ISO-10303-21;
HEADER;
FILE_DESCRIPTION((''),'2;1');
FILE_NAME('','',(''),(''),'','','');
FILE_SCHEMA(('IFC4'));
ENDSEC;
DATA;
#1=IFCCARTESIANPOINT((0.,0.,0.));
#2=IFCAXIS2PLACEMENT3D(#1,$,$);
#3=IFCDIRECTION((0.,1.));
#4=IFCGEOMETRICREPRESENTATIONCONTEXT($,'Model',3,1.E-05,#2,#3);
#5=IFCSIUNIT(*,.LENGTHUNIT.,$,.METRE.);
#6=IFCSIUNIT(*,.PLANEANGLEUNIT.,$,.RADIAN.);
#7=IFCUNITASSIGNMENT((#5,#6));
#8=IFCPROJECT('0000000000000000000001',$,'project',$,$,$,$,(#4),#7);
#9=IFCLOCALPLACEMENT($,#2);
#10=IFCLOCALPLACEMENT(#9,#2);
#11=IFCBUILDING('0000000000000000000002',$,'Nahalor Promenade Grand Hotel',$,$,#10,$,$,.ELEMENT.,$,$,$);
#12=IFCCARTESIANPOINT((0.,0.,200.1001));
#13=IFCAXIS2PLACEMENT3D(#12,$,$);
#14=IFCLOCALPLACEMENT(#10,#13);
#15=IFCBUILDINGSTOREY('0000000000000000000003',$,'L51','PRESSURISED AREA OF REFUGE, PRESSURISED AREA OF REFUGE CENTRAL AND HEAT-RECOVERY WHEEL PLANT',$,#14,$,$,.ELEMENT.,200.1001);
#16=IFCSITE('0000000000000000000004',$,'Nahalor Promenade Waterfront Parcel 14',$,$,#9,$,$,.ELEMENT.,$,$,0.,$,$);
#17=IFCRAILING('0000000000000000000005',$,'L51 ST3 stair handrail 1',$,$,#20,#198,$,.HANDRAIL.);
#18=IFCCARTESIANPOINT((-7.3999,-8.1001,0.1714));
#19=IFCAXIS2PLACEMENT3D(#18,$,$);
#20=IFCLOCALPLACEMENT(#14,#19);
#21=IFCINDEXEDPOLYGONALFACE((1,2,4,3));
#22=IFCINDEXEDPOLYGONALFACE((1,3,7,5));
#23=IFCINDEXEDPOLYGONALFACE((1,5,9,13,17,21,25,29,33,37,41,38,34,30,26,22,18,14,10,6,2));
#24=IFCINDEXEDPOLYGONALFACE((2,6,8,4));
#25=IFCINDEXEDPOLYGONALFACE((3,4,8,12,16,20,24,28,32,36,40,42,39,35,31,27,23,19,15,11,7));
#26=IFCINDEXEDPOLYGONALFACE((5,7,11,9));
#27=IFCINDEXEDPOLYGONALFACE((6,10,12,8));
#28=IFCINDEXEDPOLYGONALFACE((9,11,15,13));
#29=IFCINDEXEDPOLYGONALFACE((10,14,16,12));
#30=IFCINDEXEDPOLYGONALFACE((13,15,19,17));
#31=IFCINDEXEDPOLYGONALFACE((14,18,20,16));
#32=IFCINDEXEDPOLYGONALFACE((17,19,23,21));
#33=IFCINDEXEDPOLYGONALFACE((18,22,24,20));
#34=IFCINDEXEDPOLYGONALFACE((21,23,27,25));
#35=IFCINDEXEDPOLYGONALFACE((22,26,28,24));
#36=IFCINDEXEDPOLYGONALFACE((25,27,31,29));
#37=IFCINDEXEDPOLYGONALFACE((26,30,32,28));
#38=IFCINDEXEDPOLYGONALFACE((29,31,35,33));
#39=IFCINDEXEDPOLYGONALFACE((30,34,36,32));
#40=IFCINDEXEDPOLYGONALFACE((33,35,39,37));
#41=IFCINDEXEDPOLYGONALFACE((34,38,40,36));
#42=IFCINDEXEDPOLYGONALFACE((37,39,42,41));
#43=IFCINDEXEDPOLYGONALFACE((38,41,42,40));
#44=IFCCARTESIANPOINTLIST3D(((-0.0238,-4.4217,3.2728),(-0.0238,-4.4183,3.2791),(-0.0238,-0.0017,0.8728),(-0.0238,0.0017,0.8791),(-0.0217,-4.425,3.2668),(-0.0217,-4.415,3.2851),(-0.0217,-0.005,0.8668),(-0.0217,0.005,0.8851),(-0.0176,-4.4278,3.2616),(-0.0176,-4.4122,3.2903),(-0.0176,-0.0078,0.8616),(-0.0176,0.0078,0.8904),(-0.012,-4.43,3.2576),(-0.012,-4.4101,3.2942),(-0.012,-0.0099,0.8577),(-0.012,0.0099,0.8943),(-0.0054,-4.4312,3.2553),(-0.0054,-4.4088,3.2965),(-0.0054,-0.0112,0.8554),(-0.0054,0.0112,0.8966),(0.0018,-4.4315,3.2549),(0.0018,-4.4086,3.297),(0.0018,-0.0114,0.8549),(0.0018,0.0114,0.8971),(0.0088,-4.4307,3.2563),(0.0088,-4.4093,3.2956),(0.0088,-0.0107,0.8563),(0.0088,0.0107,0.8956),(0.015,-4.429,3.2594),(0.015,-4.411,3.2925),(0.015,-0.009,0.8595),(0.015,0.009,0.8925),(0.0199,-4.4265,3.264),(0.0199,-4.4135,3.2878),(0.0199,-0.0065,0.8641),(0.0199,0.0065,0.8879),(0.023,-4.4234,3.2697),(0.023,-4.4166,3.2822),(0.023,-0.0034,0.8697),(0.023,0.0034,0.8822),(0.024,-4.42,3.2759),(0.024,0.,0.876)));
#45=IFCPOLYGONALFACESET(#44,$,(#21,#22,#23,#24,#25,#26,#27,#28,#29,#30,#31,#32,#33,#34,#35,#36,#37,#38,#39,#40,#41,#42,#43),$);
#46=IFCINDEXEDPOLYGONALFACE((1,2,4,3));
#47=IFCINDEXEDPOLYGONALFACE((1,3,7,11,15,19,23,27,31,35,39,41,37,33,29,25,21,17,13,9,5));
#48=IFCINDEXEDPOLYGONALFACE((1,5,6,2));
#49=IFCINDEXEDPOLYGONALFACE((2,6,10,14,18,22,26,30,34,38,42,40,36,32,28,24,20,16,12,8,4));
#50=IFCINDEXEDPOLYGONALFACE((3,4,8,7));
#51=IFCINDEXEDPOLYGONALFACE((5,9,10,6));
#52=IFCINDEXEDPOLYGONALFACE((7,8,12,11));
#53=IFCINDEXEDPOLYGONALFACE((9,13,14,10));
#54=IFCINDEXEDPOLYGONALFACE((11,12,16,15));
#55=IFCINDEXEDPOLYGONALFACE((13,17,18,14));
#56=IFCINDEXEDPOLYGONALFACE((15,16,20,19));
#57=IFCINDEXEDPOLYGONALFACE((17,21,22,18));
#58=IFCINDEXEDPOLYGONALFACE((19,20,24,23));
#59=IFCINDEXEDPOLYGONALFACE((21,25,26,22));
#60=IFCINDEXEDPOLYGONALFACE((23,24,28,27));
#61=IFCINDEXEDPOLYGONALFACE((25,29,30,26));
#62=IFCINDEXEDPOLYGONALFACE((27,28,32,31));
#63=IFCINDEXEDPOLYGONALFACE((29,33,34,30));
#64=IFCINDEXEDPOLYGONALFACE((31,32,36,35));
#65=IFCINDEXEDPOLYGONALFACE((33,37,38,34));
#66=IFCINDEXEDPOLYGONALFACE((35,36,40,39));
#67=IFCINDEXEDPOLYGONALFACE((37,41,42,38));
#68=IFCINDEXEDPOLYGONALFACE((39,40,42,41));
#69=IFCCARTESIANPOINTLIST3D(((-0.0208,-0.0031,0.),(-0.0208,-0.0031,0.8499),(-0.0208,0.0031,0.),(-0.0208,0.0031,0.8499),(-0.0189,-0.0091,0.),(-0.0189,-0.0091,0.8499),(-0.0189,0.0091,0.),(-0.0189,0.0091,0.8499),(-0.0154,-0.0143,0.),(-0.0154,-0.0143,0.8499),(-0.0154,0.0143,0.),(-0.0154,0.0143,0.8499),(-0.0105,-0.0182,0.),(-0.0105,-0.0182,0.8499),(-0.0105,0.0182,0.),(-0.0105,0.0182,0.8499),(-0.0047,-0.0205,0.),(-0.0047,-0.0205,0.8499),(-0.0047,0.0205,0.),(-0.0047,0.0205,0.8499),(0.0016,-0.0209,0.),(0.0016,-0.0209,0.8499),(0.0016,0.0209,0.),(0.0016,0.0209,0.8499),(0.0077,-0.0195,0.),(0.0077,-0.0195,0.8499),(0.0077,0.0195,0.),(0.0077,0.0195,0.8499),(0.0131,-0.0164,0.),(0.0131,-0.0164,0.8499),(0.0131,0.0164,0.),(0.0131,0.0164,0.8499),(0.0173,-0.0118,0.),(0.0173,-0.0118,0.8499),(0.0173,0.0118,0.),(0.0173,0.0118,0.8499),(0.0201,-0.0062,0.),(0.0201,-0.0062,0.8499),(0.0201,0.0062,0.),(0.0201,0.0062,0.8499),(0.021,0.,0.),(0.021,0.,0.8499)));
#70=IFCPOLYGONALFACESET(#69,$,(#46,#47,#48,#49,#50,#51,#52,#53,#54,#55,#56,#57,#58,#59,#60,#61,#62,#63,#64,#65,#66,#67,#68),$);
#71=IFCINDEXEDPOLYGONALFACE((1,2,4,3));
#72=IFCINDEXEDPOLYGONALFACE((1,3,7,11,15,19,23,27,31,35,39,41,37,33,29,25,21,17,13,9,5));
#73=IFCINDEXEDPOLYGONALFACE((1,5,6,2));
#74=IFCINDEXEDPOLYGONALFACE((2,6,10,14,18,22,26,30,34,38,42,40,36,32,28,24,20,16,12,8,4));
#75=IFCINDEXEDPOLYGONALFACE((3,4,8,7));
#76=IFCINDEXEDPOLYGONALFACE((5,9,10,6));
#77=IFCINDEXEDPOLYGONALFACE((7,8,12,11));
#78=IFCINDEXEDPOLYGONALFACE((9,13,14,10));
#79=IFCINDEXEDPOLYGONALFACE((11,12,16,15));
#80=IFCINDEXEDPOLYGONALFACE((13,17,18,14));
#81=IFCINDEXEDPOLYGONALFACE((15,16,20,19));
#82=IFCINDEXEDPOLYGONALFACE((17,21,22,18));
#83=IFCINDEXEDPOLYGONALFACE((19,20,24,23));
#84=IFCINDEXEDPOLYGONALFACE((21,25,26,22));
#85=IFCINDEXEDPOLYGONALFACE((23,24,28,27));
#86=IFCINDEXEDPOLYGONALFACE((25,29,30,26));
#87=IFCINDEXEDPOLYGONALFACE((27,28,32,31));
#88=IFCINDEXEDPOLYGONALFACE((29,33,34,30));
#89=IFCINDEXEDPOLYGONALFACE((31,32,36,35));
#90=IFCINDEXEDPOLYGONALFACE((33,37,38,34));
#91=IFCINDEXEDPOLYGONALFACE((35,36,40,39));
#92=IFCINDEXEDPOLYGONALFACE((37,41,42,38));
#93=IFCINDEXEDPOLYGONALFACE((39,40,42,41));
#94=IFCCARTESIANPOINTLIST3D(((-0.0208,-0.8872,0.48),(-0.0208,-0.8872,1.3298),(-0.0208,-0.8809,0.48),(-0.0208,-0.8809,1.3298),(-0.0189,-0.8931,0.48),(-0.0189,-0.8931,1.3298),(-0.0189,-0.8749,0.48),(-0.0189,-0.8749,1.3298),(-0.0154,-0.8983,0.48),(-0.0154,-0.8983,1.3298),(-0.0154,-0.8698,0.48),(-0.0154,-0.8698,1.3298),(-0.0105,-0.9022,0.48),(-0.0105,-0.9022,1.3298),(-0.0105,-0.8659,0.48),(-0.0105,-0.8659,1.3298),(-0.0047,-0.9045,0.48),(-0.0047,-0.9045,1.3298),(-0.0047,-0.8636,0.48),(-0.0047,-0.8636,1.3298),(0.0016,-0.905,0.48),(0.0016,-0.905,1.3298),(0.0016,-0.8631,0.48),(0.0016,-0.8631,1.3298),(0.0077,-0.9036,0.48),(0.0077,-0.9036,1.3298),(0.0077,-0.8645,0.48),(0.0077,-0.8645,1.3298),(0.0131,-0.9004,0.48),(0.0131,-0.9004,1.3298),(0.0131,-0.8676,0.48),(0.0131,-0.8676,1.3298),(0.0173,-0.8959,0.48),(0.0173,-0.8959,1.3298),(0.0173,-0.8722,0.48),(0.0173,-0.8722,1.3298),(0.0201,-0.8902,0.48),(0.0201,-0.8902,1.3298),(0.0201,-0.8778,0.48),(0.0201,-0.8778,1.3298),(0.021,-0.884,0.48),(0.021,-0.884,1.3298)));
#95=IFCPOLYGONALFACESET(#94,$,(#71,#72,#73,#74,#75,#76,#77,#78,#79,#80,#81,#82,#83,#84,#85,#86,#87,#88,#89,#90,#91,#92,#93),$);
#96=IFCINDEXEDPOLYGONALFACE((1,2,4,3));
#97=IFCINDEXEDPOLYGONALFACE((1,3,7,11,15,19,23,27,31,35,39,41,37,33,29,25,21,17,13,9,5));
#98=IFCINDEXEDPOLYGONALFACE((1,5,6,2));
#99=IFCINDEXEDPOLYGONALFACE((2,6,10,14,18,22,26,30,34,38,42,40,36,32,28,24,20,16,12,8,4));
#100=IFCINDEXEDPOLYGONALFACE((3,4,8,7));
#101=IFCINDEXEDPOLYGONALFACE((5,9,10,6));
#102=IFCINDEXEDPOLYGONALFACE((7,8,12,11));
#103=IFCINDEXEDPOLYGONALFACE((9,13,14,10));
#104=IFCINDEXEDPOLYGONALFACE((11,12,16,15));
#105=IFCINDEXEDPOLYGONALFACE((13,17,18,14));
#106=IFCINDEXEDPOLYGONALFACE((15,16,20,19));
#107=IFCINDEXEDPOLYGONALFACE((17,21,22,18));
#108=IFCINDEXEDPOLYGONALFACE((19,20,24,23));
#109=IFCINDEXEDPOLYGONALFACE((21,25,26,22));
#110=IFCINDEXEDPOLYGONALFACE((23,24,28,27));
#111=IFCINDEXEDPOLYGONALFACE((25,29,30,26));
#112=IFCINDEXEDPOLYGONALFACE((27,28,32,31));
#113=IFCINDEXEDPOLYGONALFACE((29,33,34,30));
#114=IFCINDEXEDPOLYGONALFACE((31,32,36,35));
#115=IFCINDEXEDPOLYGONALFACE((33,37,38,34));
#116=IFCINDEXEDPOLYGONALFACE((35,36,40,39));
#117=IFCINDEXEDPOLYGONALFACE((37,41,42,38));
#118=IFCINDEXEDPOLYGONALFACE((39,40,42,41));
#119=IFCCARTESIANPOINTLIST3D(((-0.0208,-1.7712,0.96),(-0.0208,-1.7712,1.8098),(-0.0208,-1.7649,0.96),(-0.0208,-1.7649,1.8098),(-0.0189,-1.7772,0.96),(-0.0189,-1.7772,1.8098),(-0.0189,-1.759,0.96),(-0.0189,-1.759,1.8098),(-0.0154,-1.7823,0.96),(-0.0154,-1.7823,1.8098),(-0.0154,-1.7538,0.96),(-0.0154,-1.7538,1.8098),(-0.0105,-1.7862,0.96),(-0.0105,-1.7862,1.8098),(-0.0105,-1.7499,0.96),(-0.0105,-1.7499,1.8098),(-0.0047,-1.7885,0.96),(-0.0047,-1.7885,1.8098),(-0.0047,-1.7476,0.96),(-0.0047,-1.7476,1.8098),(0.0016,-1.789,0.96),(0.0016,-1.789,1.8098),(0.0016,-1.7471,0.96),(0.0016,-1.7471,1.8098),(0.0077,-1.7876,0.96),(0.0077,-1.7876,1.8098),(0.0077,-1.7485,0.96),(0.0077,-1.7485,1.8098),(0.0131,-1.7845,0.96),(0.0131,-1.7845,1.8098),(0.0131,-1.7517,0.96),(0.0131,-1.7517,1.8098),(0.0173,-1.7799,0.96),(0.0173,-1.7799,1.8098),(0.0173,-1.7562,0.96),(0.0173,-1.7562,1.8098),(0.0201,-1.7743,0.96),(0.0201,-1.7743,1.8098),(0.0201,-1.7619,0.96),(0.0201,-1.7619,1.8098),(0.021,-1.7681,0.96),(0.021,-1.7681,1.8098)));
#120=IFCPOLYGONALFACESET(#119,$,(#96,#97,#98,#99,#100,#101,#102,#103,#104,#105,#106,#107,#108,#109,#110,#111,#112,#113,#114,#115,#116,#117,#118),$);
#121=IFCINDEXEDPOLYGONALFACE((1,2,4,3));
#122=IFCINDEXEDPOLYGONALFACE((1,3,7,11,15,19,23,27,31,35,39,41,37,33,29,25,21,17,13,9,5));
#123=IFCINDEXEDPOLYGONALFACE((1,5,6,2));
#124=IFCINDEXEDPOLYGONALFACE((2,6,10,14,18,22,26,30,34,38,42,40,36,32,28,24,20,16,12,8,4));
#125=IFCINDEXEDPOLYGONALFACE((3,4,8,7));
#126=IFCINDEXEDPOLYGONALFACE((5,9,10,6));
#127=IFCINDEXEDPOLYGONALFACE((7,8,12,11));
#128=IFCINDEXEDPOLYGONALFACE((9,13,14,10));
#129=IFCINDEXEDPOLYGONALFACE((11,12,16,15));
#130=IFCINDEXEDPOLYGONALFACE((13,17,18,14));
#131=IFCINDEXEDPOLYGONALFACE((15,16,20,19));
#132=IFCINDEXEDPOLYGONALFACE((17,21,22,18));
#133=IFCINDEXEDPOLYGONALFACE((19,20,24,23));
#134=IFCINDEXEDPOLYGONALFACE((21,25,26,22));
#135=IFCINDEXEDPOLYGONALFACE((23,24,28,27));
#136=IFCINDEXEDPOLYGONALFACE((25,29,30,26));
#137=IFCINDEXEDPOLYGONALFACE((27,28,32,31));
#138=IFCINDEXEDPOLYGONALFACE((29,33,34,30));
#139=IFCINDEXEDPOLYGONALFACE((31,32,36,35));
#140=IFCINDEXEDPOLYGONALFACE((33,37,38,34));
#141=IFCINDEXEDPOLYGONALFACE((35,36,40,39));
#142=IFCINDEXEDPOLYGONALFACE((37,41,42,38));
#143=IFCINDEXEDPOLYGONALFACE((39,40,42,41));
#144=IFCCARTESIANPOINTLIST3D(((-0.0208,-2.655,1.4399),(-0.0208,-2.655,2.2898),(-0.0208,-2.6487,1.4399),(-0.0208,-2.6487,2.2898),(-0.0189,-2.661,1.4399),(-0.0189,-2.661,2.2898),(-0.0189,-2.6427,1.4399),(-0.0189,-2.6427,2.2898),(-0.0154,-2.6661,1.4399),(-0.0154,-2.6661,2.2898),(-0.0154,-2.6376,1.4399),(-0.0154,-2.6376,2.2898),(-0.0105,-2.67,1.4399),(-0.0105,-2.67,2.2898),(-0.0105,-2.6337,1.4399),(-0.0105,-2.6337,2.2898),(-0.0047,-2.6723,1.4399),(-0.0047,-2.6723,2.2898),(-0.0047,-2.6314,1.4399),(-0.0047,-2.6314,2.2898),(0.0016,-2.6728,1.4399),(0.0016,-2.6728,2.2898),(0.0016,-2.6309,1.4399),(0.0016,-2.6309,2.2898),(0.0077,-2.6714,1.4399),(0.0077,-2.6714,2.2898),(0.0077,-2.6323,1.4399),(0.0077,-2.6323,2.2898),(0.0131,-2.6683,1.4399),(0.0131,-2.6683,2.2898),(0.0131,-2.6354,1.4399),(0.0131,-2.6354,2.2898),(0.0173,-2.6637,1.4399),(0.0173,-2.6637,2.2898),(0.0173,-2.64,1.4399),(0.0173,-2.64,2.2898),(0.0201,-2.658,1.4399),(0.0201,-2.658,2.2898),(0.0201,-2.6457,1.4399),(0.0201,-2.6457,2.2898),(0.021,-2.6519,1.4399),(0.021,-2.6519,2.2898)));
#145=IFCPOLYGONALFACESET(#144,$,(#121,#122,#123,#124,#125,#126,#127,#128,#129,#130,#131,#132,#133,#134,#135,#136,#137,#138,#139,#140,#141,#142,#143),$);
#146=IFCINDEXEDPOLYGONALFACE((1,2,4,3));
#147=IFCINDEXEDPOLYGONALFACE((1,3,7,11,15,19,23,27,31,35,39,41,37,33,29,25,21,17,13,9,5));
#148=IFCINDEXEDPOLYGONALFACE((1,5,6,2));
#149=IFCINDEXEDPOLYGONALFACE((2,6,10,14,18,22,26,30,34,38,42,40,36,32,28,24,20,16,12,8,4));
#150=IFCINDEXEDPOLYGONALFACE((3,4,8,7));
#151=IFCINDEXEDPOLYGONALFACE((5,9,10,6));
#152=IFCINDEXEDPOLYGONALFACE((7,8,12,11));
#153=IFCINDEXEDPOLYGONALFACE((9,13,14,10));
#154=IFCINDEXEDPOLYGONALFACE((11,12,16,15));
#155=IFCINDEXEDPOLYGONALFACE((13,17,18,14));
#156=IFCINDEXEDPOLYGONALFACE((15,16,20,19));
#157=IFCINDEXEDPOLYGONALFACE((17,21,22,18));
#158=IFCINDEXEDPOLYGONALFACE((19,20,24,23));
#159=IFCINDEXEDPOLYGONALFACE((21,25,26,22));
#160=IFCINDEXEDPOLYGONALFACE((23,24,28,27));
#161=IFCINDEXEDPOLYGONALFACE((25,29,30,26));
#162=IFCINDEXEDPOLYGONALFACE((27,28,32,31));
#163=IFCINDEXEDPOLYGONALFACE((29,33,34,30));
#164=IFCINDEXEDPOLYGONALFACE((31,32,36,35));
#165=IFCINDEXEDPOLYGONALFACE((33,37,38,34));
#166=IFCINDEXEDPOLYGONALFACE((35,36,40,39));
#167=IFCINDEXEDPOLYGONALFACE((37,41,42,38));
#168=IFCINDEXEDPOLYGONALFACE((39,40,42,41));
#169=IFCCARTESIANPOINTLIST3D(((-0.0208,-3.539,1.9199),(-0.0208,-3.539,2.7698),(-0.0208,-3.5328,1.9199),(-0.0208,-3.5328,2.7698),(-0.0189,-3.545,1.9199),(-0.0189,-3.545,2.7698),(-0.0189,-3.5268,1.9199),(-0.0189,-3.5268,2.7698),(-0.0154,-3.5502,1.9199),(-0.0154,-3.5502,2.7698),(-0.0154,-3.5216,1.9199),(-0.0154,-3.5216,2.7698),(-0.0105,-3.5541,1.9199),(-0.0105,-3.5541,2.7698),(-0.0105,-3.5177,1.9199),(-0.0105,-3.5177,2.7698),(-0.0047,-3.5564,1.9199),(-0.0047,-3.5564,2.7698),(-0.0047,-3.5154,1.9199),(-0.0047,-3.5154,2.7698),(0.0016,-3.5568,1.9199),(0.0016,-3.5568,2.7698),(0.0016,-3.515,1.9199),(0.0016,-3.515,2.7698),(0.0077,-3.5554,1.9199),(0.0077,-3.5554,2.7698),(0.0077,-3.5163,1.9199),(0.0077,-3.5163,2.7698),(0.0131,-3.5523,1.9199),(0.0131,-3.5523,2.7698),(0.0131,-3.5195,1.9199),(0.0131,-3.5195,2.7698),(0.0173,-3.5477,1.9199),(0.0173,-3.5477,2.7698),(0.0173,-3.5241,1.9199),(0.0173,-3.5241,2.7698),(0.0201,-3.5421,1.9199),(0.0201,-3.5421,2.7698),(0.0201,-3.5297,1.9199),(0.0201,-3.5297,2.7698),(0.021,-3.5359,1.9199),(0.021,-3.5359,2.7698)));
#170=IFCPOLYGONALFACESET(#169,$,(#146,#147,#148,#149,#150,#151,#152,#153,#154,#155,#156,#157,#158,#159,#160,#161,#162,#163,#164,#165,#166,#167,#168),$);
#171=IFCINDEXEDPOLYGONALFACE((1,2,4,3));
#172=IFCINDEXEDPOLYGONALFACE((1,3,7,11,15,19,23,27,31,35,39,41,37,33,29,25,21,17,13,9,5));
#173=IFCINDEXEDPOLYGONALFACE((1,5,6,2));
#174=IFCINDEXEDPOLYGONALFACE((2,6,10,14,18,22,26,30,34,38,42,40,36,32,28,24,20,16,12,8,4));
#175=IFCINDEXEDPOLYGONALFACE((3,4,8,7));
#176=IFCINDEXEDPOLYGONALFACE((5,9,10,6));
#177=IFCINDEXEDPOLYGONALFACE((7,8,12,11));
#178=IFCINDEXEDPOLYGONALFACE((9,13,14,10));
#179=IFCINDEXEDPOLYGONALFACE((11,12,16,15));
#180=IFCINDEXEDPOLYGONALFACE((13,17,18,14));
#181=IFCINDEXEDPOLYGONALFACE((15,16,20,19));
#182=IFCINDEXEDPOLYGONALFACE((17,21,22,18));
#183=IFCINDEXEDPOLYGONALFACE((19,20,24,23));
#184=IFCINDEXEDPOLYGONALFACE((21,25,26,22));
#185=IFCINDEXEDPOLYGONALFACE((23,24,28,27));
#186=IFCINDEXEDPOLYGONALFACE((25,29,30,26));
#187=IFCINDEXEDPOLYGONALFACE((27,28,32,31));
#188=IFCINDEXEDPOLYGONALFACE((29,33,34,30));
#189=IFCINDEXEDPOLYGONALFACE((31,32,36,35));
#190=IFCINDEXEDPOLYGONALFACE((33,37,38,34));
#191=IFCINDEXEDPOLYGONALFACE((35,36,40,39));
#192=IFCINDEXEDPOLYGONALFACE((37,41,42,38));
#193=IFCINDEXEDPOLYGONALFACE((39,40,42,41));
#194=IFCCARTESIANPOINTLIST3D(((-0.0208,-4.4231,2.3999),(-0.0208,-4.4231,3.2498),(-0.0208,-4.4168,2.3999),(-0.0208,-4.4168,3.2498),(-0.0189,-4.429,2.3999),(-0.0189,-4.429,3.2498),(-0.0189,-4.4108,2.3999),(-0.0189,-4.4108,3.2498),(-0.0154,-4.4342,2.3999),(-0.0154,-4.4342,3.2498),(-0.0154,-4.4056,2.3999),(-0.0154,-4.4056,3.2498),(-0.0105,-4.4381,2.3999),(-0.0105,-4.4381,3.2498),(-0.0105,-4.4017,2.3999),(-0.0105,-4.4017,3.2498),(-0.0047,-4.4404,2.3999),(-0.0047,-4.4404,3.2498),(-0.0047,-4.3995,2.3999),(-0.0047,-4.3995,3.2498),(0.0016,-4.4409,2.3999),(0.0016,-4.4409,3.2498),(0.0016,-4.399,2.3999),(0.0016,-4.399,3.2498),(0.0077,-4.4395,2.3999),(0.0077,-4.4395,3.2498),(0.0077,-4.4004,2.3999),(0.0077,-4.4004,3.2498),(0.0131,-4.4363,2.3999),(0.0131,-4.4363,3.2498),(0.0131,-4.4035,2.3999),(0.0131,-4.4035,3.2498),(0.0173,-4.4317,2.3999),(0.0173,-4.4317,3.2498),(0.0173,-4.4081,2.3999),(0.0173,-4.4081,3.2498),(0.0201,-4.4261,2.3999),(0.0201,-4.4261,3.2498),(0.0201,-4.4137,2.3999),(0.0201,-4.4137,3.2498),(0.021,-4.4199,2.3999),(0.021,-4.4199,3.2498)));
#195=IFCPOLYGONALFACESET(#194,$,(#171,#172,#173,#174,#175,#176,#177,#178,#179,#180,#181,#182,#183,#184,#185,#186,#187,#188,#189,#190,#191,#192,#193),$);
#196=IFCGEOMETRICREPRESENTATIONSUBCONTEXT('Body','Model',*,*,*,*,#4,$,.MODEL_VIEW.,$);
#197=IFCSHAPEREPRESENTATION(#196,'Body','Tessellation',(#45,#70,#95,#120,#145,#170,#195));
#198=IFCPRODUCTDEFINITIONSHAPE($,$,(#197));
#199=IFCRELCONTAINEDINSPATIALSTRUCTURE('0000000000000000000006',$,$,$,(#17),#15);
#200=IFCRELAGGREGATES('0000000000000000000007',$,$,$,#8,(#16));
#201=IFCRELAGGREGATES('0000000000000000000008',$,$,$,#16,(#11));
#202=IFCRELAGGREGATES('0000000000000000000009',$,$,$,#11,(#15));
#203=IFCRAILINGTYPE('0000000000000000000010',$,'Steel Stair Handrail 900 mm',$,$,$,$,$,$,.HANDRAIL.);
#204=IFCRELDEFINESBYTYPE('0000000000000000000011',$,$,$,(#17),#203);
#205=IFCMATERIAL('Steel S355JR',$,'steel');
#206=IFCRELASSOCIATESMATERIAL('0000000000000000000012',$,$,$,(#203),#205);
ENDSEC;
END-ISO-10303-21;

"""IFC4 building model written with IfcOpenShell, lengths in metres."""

from ifc_helpers import new_model, si_unit, direction, frame, origin, origin_2d, place, context, subcontext, project, spatial, circle, extrude, material, type_object, element, save


model = new_model("IFC4")

# Units and contexts
model_context = context("Model", 3, precision=1e-05, world=origin(), true_north=direction((0.0, 1.0)))
body_context = subcontext(model_context, "Body", "Model", "MODEL_VIEW")
ifc_project = project(units=[si_unit("LENGTHUNIT", "METRE"), si_unit("PLANEANGLEUNIT", "RADIAN")], contexts=[model_context])

# Site, building, storey
site_placement = place(None, origin())
site = spatial("IfcSite", under=ifc_project, at=site_placement, Name="Nahalor Promenade Waterfront Parcel 14", CompositionType="ELEMENT", RefElevation=0.0)
building_placement = place(site_placement, origin())
building = spatial("IfcBuilding", under=site, at=building_placement, Name="Nahalor Promenade Grand Hotel", CompositionType="ELEMENT")
storey_placement = place(building_placement, frame((0.0, 0.0, 200.1001)))
storey = spatial("IfcBuildingStorey", under=building, at=storey_placement, Name="L51", Description="PRESSURISED AREA OF REFUGE, PRESSURISED AREA OF REFUGE CENTRAL AND HEAT-RECOVERY WHEEL PLANT", CompositionType="ELEMENT", Elevation=200.1001)

# Shared definitions
ifc_material_1 = material(Name="Steel S355JR", Category="steel")

# Railing
railing_type_1 = type_object("IfcRailingType", Name="Steel Stair Handrail 900 mm", PredefinedType="HANDRAIL", material=ifc_material_1)
railing_1_placement = place(storey_placement, frame((-7.3999, -8.1001, 0.1714)))
element("IfcRailing", 1, at=railing_1_placement, inside=storey, type_object=railing_type_1, Name="L51 ST3 stair handrail 1", PredefinedType="HANDRAIL", context=body_context, shape_type="SweptSolid", body=[
    extrude(circle(Radius=0.024, at=origin_2d()), frame((0.0, 0.0, 0.876), z_axis=(0.0, -0.87881, 0.477171), x_axis=(1.0, 0.0, 0.0)), (0.0, 0.0, 1.0), 5.0295),
    extrude(circle(Radius=0.021, at=origin_2d()), origin(), (0.0, 0.0, 1.0), 0.8499),
    extrude(circle(Radius=0.021, at=origin_2d()), frame((0.0, -0.884, 0.48)), (0.0, 0.0, 1.0), 0.8499),
    extrude(circle(Radius=0.021, at=origin_2d()), frame((0.0, -1.7681, 0.96)), (0.0, 0.0, 1.0), 0.8499),
    extrude(circle(Radius=0.021, at=origin_2d()), frame((0.0, -2.6519, 1.4399)), (0.0, 0.0, 1.0), 0.8499),
    extrude(circle(Radius=0.021, at=origin_2d()), frame((0.0, -3.5359, 1.9199)), (0.0, 0.0, 1.0), 0.8499),
    extrude(circle(Radius=0.021, at=origin_2d()), frame((0.0, -4.4199, 2.3999)), (0.0, 0.0, 1.0), 0.8499),
])

save(model, "model.ifc")
